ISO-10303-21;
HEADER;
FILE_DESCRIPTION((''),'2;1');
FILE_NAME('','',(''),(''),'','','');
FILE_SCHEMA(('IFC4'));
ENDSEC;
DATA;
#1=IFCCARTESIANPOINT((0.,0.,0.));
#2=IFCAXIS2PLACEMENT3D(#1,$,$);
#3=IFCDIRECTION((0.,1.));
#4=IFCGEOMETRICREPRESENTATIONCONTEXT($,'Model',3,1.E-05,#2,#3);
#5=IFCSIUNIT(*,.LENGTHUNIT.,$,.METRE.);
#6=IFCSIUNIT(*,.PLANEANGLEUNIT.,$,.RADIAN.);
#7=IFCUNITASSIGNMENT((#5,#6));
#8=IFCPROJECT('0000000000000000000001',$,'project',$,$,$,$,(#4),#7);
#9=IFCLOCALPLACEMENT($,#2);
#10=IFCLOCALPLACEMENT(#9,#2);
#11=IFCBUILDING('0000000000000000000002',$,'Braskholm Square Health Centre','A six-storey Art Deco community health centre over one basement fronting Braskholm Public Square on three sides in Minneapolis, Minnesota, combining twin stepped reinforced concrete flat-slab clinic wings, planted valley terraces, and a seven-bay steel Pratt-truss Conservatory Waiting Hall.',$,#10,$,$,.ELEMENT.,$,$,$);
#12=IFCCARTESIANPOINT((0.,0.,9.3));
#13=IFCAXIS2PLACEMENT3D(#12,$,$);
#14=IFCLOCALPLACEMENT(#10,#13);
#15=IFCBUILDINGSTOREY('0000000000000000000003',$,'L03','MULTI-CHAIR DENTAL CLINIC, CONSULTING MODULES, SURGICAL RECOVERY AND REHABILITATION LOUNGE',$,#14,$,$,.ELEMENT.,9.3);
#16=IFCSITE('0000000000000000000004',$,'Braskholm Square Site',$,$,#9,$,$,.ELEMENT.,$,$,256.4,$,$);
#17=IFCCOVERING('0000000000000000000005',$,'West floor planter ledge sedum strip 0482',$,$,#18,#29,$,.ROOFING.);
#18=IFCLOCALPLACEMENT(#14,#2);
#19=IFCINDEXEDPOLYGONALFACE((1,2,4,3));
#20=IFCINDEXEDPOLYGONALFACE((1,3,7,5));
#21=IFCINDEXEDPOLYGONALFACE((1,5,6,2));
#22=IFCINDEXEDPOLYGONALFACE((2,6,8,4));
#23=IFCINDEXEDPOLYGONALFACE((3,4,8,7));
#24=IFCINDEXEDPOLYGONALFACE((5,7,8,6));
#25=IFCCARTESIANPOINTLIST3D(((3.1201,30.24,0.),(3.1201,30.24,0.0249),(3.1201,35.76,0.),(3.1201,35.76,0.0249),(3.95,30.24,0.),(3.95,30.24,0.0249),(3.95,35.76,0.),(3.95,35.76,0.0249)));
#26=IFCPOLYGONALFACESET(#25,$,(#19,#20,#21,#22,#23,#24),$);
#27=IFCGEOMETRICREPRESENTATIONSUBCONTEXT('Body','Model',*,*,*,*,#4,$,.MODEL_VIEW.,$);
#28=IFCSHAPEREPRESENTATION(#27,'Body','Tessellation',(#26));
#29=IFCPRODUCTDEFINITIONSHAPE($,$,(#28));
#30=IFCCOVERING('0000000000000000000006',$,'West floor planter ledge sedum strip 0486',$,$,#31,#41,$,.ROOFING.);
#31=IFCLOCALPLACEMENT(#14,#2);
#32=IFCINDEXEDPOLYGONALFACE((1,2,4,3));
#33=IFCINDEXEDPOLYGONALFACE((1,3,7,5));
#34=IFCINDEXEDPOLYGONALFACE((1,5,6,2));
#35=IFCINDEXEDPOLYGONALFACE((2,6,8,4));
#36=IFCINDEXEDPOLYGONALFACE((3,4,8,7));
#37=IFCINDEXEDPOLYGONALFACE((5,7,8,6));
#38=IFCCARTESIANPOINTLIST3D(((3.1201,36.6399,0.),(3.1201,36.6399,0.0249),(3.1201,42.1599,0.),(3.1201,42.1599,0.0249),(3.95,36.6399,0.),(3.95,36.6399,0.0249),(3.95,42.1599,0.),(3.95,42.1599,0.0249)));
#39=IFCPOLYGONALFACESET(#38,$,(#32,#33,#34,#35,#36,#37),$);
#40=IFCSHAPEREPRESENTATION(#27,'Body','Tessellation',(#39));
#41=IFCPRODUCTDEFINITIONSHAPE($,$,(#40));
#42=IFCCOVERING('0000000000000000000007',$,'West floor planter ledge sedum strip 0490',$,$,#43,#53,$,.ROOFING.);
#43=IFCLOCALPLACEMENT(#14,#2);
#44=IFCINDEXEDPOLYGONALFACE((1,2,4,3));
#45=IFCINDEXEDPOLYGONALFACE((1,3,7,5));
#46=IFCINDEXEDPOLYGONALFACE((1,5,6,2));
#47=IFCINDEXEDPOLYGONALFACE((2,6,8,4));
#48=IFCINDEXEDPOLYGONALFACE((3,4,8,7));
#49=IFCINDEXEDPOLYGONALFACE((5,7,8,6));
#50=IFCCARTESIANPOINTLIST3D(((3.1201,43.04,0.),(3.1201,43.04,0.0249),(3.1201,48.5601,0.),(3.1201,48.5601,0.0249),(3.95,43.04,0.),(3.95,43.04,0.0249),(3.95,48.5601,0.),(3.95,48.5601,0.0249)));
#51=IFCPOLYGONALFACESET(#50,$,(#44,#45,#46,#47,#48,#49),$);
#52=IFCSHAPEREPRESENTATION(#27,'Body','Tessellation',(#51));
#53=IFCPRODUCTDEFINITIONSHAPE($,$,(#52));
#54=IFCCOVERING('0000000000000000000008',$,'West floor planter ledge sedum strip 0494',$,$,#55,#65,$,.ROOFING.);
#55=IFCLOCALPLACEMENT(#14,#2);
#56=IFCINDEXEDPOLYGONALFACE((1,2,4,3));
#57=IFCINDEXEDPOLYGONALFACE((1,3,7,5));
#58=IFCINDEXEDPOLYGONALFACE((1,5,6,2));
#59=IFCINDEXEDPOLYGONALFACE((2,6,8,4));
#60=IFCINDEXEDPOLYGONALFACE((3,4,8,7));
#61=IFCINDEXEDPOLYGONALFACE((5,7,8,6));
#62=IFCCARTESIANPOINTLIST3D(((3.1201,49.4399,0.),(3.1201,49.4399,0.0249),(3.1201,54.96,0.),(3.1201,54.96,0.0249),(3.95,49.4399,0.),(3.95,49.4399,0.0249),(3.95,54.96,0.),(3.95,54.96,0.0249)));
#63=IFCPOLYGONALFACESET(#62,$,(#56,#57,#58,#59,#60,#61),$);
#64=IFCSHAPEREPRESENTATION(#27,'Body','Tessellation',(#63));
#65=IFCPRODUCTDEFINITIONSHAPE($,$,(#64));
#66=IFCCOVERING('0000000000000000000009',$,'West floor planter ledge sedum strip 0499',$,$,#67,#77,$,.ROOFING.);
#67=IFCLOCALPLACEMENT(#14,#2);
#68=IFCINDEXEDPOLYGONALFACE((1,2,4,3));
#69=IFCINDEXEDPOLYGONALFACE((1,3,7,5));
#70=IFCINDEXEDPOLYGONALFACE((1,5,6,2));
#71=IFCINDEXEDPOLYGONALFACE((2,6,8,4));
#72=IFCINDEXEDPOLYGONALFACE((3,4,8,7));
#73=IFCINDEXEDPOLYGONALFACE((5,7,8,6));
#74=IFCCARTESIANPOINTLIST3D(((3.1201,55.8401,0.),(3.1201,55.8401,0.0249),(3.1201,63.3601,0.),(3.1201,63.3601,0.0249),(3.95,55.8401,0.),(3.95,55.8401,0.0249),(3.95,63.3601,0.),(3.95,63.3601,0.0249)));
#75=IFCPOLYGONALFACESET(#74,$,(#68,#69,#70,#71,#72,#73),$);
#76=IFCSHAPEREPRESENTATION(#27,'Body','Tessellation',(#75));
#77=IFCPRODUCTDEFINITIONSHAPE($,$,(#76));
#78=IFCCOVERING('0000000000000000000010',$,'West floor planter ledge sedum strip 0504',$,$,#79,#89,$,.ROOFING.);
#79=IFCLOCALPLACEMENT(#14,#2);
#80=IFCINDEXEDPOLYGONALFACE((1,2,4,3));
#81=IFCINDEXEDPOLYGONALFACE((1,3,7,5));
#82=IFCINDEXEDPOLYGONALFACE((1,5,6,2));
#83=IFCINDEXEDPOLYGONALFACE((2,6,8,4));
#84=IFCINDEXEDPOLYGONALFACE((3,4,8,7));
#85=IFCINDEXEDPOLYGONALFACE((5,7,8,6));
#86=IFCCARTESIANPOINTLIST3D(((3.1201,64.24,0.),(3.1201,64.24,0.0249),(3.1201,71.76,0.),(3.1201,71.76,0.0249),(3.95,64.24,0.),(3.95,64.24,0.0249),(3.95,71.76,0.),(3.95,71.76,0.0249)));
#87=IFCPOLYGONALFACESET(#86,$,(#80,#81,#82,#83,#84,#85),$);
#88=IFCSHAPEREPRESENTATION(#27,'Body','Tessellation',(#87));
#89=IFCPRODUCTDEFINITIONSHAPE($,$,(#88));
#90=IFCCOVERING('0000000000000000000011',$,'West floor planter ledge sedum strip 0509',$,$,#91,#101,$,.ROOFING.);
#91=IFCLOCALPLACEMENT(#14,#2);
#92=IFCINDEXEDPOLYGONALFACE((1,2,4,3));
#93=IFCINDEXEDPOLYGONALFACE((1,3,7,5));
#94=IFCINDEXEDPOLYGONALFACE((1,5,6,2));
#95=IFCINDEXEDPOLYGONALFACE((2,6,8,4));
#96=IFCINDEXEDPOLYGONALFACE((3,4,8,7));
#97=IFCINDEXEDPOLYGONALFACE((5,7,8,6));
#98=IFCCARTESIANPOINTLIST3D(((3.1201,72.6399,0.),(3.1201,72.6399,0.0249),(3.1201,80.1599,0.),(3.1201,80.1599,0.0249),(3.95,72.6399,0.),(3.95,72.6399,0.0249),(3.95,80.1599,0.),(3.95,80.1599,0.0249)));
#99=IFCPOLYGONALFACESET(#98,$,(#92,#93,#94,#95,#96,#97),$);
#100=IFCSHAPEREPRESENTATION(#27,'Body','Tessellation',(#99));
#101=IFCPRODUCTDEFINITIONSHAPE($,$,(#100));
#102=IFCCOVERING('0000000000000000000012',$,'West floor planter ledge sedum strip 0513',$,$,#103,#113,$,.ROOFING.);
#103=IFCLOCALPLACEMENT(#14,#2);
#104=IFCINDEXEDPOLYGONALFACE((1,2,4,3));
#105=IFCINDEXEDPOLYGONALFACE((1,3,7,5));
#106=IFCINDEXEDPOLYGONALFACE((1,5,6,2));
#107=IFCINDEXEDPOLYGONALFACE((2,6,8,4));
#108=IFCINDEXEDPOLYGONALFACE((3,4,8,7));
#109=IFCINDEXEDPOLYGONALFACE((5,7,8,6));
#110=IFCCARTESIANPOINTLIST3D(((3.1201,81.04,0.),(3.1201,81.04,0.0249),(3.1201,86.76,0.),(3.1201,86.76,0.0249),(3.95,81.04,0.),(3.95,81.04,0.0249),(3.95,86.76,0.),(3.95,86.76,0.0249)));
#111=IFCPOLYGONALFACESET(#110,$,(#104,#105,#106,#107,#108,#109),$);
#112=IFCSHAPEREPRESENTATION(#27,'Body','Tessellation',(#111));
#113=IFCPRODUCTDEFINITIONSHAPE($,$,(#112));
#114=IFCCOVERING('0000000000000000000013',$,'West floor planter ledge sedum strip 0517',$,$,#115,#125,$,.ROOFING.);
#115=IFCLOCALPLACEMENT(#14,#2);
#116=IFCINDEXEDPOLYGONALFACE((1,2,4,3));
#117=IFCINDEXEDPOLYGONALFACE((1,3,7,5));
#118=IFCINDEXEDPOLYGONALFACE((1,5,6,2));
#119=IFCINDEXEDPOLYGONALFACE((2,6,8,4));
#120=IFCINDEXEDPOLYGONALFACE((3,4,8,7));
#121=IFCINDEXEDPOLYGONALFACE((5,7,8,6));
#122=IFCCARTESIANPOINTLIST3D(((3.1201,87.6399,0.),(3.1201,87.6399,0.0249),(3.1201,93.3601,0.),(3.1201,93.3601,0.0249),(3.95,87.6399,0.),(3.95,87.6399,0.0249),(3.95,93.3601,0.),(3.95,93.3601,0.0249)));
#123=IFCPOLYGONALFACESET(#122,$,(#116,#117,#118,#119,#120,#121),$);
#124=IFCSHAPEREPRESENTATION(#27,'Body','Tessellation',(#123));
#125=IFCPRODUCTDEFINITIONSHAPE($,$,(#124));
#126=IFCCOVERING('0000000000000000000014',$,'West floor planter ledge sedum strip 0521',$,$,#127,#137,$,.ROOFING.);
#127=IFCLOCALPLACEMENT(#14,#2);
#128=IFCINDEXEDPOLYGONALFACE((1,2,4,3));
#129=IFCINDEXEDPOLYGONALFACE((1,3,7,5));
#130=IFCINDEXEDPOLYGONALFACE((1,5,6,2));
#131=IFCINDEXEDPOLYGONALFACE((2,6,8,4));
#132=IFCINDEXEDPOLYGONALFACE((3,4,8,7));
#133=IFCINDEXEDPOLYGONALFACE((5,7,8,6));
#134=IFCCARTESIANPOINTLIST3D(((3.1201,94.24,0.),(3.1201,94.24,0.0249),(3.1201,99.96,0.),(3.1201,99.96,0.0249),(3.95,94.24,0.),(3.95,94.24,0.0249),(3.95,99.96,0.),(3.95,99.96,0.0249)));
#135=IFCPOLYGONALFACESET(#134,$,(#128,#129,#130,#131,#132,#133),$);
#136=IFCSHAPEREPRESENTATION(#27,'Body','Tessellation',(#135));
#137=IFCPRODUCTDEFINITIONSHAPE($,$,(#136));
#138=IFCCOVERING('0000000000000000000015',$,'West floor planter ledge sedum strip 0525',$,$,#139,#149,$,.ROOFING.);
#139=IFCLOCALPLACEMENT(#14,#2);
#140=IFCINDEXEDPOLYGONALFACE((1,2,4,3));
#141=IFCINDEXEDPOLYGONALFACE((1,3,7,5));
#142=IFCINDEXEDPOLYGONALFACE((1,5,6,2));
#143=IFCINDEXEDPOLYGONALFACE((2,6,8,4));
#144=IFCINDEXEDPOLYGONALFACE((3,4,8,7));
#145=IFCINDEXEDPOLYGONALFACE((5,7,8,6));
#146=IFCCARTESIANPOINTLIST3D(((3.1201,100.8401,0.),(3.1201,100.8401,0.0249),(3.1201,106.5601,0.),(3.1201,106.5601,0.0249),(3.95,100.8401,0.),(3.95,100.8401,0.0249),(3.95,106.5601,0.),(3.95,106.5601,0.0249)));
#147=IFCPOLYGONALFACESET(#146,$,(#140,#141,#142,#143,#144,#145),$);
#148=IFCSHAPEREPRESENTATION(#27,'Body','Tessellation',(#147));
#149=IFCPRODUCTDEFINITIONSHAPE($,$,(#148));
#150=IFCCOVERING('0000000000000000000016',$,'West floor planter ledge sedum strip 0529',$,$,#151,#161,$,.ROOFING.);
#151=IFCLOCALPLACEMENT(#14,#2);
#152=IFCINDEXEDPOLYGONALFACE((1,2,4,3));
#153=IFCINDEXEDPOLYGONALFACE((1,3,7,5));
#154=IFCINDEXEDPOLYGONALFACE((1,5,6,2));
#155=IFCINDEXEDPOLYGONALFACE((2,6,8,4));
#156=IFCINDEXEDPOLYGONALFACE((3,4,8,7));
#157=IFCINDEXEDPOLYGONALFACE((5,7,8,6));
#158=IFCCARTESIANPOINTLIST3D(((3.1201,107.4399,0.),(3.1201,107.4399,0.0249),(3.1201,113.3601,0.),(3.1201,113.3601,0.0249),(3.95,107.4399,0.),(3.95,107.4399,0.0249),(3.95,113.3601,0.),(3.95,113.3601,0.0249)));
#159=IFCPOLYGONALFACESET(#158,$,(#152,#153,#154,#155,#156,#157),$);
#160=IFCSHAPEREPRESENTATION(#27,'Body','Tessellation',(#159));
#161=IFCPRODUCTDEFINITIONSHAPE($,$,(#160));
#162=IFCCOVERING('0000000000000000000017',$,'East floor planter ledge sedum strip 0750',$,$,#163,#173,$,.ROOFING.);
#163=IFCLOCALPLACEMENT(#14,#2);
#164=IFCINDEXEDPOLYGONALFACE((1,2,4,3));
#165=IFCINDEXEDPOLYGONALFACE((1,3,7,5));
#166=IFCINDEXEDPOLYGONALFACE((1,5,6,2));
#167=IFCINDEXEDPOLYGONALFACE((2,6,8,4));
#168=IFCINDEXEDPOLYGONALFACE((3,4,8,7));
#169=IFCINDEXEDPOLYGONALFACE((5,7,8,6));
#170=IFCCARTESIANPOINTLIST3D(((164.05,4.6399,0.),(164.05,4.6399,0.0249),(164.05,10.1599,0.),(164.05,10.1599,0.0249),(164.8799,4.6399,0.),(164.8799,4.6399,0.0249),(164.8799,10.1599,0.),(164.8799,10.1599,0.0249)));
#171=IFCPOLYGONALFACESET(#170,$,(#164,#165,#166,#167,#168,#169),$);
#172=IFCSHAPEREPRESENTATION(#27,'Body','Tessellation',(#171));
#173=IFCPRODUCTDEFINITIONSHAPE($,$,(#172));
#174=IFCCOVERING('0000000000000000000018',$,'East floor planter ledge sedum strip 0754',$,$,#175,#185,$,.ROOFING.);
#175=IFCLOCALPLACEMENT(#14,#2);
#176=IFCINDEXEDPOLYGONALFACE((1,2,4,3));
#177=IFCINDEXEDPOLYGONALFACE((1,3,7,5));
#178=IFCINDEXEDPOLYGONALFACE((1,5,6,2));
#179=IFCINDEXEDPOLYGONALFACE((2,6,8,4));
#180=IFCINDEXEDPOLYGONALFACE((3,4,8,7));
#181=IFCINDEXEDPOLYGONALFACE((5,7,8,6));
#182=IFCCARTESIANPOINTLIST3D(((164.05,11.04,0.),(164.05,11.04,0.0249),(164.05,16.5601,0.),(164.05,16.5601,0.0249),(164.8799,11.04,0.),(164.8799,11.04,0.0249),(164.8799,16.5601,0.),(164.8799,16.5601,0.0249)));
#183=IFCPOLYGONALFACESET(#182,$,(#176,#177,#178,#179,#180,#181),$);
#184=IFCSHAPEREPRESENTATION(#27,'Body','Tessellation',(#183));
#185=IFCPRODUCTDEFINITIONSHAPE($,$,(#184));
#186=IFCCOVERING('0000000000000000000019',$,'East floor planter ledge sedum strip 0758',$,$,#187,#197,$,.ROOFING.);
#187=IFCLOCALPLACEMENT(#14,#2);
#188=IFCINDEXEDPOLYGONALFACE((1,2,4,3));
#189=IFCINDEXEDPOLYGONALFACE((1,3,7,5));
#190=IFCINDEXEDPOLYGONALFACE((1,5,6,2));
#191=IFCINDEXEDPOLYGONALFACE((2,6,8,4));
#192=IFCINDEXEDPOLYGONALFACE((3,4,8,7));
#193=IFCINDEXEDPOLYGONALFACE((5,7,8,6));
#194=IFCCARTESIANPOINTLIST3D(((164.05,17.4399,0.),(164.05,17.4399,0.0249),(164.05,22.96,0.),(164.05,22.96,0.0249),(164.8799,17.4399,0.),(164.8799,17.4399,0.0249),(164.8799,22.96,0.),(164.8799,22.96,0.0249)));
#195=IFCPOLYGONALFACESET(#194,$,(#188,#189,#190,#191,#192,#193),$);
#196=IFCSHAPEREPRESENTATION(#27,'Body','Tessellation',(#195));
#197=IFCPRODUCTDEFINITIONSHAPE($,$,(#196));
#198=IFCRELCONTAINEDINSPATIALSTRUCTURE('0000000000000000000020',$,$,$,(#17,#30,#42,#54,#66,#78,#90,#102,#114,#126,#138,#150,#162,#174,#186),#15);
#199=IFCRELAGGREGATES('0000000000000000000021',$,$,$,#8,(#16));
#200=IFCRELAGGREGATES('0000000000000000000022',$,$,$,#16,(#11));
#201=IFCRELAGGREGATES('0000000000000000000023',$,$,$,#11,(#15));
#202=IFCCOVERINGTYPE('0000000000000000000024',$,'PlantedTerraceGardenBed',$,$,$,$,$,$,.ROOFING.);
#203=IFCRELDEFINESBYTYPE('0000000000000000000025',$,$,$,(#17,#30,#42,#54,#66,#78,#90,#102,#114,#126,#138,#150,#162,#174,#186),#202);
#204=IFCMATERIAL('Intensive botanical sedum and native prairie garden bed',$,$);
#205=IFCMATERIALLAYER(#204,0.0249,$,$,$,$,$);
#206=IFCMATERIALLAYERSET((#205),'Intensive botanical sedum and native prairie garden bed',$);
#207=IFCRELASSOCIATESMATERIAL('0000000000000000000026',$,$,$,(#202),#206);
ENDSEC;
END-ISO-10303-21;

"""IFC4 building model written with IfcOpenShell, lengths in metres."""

from ifc_helpers import new_model, si_unit, direction, frame, origin, place, context, subcontext, project, spatial, polyline, outline, extrude, material, layer, layer_set, type_object, element, save


model = new_model("IFC4")

# Units and contexts
model_context = context("Model", 3, precision=1e-05, world=origin(), true_north=direction((0.0, 1.0)))
body_context = subcontext(model_context, "Body", "Model", "MODEL_VIEW")
ifc_project = project(units=[si_unit("LENGTHUNIT", "METRE"), si_unit("PLANEANGLEUNIT", "RADIAN")], contexts=[model_context])

# Site, building, storey
site_placement = place(None, origin())
site = spatial("IfcSite", under=ifc_project, at=site_placement, Name="Braskholm Square Site", CompositionType="ELEMENT", RefElevation=256.4)
building_placement = place(site_placement, origin())
building = spatial("IfcBuilding", under=site, at=building_placement, Name="Braskholm Square Health Centre", Description="A six-storey Art Deco community health centre over one basement fronting Braskholm Public Square on three sides in Minneapolis, Minnesota, combining twin stepped reinforced concrete flat-slab clinic wings, planted valley terraces, and a seven-bay steel Pratt-truss Conservatory Waiting Hall.", CompositionType="ELEMENT")
storey_placement = place(building_placement, frame((0.0, 0.0, 9.3)))
storey = spatial("IfcBuildingStorey", under=building, at=storey_placement, Name="L03", Description="MULTI-CHAIR DENTAL CLINIC, CONSULTING MODULES, SURGICAL RECOVERY AND REHABILITATION LOUNGE", CompositionType="ELEMENT", Elevation=9.3)

# Coverings
ifc_material = material(Name="Intensive botanical sedum and native prairie garden bed")
ifc_layer = layer(ifc_material, 0.0249)
ifc_layer_set = layer_set([ifc_layer], Name="Intensive botanical sedum and native prairie garden bed")
covering_type = type_object("IfcCoveringType", Name="PlantedTerraceGardenBed", PredefinedType="ROOFING", material=ifc_layer_set)
covering_1_placement = place(storey_placement, origin())
element("IfcCovering", 1, at=covering_1_placement, inside=storey, type_object=covering_type, Name="West floor planter ledge sedum strip 0482", PredefinedType="ROOFING", context=body_context, shape_type="SweptSolid", body=[
    extrude(outline(polyline([(3.1201, 30.24), (3.95, 30.24), (3.95, 35.76), (3.1201, 35.76), (3.1201, 30.24)])), origin(), (0.0, 0.0, 1.0), 0.0249),
])
covering_2_placement = place(storey_placement, origin())
element("IfcCovering", 2, at=covering_2_placement, inside=storey, type_object=covering_type, Name="West floor planter ledge sedum strip 0486", PredefinedType="ROOFING", context=body_context, shape_type="SweptSolid", body=[
    extrude(outline(polyline([(3.1201, 36.6399), (3.95, 36.6399), (3.95, 42.1599), (3.1201, 42.1599), (3.1201, 36.6399)])), origin(), (0.0, 0.0, 1.0), 0.0249),
])
covering_3_placement = place(storey_placement, origin())
element("IfcCovering", 3, at=covering_3_placement, inside=storey, type_object=covering_type, Name="West floor planter ledge sedum strip 0490", PredefinedType="ROOFING", context=body_context, shape_type="SweptSolid", body=[
    extrude(outline(polyline([(3.1201, 43.04), (3.95, 43.04), (3.95, 48.5601), (3.1201, 48.5601), (3.1201, 43.04)])), origin(), (0.0, 0.0, 1.0), 0.0249),
])
covering_4_placement = place(storey_placement, origin())
element("IfcCovering", 4, at=covering_4_placement, inside=storey, type_object=covering_type, Name="West floor planter ledge sedum strip 0494", PredefinedType="ROOFING", context=body_context, shape_type="SweptSolid", body=[
    extrude(outline(polyline([(3.1201, 49.4399), (3.95, 49.4399), (3.95, 54.96), (3.1201, 54.96), (3.1201, 49.4399)])), origin(), (0.0, 0.0, 1.0), 0.0249),
])
covering_5_placement = place(storey_placement, origin())
element("IfcCovering", 5, at=covering_5_placement, inside=storey, type_object=covering_type, Name="West floor planter ledge sedum strip 0499", PredefinedType="ROOFING", context=body_context, shape_type="SweptSolid", body=[
    extrude(outline(polyline([(3.1201, 55.8401), (3.95, 55.8401), (3.95, 63.3601), (3.1201, 63.3601), (3.1201, 55.8401)])), origin(), (0.0, 0.0, 1.0), 0.0249),
])
covering_6_placement = place(storey_placement, origin())
element("IfcCovering", 6, at=covering_6_placement, inside=storey, type_object=covering_type, Name="West floor planter ledge sedum strip 0504", PredefinedType="ROOFING", context=body_context, shape_type="SweptSolid", body=[
    extrude(outline(polyline([(3.1201, 64.24), (3.95, 64.24), (3.95, 71.76), (3.1201, 71.76), (3.1201, 64.24)])), origin(), (0.0, 0.0, 1.0), 0.0249),
])
covering_7_placement = place(storey_placement, origin())
element("IfcCovering", 7, at=covering_7_placement, inside=storey, type_object=covering_type, Name="West floor planter ledge sedum strip 0509", PredefinedType="ROOFING", context=body_context, shape_type="SweptSolid", body=[
    extrude(outline(polyline([(3.1201, 72.6399), (3.95, 72.6399), (3.95, 80.1599), (3.1201, 80.1599), (3.1201, 72.6399)])), origin(), (0.0, 0.0, 1.0), 0.0249),
])
covering_8_placement = place(storey_placement, origin())
element("IfcCovering", 8, at=covering_8_placement, inside=storey, type_object=covering_type, Name="West floor planter ledge sedum strip 0513", PredefinedType="ROOFING", context=body_context, shape_type="SweptSolid", body=[
    extrude(outline(polyline([(3.1201, 81.04), (3.95, 81.04), (3.95, 86.76), (3.1201, 86.76), (3.1201, 81.04)])), origin(), (0.0, 0.0, 1.0), 0.0249),
])
covering_9_placement = place(storey_placement, origin())
element("IfcCovering", 9, at=covering_9_placement, inside=storey, type_object=covering_type, Name="West floor planter ledge sedum strip 0517", PredefinedType="ROOFING", context=body_context, shape_type="SweptSolid", body=[
    extrude(outline(polyline([(3.1201, 87.6399), (3.95, 87.6399), (3.95, 93.3601), (3.1201, 93.3601), (3.1201, 87.6399)])), origin(), (0.0, 0.0, 1.0), 0.0249),
])
covering_10_placement = place(storey_placement, origin())
element("IfcCovering", 10, at=covering_10_placement, inside=storey, type_object=covering_type, Name="West floor planter ledge sedum strip 0521", PredefinedType="ROOFING", context=body_context, shape_type="SweptSolid", body=[
    extrude(outline(polyline([(3.1201, 94.24), (3.95, 94.24), (3.95, 99.96), (3.1201, 99.96), (3.1201, 94.24)])), origin(), (0.0, 0.0, 1.0), 0.0249),
])
covering_11_placement = place(storey_placement, origin())
element("IfcCovering", 11, at=covering_11_placement, inside=storey, type_object=covering_type, Name="West floor planter ledge sedum strip 0525", PredefinedType="ROOFING", context=body_context, shape_type="SweptSolid", body=[
    extrude(outline(polyline([(3.1201, 100.8401), (3.95, 100.8401), (3.95, 106.5601), (3.1201, 106.5601), (3.1201, 100.8401)])), origin(), (0.0, 0.0, 1.0), 0.0249),
])
covering_12_placement = place(storey_placement, origin())
element("IfcCovering", 12, at=covering_12_placement, inside=storey, type_object=covering_type, Name="West floor planter ledge sedum strip 0529", PredefinedType="ROOFING", context=body_context, shape_type="SweptSolid", body=[
    extrude(outline(polyline([(3.1201, 107.4399), (3.95, 107.4399), (3.95, 113.3601), (3.1201, 113.3601), (3.1201, 107.4399)])), origin(), (0.0, 0.0, 1.0), 0.0249),
])
covering_13_placement = place(storey_placement, origin())
element("IfcCovering", 13, at=covering_13_placement, inside=storey, type_object=covering_type, Name="East floor planter ledge sedum strip 0750", PredefinedType="ROOFING", context=body_context, shape_type="SweptSolid", body=[
    extrude(outline(polyline([(164.05, 4.6399), (164.8799, 4.6399), (164.8799, 10.1599), (164.05, 10.1599), (164.05, 4.6399)])), origin(), (0.0, 0.0, 1.0), 0.0249),
])
covering_14_placement = place(storey_placement, origin())
element("IfcCovering", 14, at=covering_14_placement, inside=storey, type_object=covering_type, Name="East floor planter ledge sedum strip 0754", PredefinedType="ROOFING", context=body_context, shape_type="SweptSolid", body=[
    extrude(outline(polyline([(164.05, 11.04), (164.8799, 11.04), (164.8799, 16.5601), (164.05, 16.5601), (164.05, 11.04)])), origin(), (0.0, 0.0, 1.0), 0.0249),
])
covering_15_placement = place(storey_placement, origin())
element("IfcCovering", 15, at=covering_15_placement, inside=storey, type_object=covering_type, Name="East floor planter ledge sedum strip 0758", PredefinedType="ROOFING", context=body_context, shape_type="SweptSolid", body=[
    extrude(outline(polyline([(164.05, 17.4399), (164.8799, 17.4399), (164.8799, 22.96), (164.05, 22.96), (164.05, 17.4399)])), origin(), (0.0, 0.0, 1.0), 0.0249),
])

save(model, "model.ifc")
